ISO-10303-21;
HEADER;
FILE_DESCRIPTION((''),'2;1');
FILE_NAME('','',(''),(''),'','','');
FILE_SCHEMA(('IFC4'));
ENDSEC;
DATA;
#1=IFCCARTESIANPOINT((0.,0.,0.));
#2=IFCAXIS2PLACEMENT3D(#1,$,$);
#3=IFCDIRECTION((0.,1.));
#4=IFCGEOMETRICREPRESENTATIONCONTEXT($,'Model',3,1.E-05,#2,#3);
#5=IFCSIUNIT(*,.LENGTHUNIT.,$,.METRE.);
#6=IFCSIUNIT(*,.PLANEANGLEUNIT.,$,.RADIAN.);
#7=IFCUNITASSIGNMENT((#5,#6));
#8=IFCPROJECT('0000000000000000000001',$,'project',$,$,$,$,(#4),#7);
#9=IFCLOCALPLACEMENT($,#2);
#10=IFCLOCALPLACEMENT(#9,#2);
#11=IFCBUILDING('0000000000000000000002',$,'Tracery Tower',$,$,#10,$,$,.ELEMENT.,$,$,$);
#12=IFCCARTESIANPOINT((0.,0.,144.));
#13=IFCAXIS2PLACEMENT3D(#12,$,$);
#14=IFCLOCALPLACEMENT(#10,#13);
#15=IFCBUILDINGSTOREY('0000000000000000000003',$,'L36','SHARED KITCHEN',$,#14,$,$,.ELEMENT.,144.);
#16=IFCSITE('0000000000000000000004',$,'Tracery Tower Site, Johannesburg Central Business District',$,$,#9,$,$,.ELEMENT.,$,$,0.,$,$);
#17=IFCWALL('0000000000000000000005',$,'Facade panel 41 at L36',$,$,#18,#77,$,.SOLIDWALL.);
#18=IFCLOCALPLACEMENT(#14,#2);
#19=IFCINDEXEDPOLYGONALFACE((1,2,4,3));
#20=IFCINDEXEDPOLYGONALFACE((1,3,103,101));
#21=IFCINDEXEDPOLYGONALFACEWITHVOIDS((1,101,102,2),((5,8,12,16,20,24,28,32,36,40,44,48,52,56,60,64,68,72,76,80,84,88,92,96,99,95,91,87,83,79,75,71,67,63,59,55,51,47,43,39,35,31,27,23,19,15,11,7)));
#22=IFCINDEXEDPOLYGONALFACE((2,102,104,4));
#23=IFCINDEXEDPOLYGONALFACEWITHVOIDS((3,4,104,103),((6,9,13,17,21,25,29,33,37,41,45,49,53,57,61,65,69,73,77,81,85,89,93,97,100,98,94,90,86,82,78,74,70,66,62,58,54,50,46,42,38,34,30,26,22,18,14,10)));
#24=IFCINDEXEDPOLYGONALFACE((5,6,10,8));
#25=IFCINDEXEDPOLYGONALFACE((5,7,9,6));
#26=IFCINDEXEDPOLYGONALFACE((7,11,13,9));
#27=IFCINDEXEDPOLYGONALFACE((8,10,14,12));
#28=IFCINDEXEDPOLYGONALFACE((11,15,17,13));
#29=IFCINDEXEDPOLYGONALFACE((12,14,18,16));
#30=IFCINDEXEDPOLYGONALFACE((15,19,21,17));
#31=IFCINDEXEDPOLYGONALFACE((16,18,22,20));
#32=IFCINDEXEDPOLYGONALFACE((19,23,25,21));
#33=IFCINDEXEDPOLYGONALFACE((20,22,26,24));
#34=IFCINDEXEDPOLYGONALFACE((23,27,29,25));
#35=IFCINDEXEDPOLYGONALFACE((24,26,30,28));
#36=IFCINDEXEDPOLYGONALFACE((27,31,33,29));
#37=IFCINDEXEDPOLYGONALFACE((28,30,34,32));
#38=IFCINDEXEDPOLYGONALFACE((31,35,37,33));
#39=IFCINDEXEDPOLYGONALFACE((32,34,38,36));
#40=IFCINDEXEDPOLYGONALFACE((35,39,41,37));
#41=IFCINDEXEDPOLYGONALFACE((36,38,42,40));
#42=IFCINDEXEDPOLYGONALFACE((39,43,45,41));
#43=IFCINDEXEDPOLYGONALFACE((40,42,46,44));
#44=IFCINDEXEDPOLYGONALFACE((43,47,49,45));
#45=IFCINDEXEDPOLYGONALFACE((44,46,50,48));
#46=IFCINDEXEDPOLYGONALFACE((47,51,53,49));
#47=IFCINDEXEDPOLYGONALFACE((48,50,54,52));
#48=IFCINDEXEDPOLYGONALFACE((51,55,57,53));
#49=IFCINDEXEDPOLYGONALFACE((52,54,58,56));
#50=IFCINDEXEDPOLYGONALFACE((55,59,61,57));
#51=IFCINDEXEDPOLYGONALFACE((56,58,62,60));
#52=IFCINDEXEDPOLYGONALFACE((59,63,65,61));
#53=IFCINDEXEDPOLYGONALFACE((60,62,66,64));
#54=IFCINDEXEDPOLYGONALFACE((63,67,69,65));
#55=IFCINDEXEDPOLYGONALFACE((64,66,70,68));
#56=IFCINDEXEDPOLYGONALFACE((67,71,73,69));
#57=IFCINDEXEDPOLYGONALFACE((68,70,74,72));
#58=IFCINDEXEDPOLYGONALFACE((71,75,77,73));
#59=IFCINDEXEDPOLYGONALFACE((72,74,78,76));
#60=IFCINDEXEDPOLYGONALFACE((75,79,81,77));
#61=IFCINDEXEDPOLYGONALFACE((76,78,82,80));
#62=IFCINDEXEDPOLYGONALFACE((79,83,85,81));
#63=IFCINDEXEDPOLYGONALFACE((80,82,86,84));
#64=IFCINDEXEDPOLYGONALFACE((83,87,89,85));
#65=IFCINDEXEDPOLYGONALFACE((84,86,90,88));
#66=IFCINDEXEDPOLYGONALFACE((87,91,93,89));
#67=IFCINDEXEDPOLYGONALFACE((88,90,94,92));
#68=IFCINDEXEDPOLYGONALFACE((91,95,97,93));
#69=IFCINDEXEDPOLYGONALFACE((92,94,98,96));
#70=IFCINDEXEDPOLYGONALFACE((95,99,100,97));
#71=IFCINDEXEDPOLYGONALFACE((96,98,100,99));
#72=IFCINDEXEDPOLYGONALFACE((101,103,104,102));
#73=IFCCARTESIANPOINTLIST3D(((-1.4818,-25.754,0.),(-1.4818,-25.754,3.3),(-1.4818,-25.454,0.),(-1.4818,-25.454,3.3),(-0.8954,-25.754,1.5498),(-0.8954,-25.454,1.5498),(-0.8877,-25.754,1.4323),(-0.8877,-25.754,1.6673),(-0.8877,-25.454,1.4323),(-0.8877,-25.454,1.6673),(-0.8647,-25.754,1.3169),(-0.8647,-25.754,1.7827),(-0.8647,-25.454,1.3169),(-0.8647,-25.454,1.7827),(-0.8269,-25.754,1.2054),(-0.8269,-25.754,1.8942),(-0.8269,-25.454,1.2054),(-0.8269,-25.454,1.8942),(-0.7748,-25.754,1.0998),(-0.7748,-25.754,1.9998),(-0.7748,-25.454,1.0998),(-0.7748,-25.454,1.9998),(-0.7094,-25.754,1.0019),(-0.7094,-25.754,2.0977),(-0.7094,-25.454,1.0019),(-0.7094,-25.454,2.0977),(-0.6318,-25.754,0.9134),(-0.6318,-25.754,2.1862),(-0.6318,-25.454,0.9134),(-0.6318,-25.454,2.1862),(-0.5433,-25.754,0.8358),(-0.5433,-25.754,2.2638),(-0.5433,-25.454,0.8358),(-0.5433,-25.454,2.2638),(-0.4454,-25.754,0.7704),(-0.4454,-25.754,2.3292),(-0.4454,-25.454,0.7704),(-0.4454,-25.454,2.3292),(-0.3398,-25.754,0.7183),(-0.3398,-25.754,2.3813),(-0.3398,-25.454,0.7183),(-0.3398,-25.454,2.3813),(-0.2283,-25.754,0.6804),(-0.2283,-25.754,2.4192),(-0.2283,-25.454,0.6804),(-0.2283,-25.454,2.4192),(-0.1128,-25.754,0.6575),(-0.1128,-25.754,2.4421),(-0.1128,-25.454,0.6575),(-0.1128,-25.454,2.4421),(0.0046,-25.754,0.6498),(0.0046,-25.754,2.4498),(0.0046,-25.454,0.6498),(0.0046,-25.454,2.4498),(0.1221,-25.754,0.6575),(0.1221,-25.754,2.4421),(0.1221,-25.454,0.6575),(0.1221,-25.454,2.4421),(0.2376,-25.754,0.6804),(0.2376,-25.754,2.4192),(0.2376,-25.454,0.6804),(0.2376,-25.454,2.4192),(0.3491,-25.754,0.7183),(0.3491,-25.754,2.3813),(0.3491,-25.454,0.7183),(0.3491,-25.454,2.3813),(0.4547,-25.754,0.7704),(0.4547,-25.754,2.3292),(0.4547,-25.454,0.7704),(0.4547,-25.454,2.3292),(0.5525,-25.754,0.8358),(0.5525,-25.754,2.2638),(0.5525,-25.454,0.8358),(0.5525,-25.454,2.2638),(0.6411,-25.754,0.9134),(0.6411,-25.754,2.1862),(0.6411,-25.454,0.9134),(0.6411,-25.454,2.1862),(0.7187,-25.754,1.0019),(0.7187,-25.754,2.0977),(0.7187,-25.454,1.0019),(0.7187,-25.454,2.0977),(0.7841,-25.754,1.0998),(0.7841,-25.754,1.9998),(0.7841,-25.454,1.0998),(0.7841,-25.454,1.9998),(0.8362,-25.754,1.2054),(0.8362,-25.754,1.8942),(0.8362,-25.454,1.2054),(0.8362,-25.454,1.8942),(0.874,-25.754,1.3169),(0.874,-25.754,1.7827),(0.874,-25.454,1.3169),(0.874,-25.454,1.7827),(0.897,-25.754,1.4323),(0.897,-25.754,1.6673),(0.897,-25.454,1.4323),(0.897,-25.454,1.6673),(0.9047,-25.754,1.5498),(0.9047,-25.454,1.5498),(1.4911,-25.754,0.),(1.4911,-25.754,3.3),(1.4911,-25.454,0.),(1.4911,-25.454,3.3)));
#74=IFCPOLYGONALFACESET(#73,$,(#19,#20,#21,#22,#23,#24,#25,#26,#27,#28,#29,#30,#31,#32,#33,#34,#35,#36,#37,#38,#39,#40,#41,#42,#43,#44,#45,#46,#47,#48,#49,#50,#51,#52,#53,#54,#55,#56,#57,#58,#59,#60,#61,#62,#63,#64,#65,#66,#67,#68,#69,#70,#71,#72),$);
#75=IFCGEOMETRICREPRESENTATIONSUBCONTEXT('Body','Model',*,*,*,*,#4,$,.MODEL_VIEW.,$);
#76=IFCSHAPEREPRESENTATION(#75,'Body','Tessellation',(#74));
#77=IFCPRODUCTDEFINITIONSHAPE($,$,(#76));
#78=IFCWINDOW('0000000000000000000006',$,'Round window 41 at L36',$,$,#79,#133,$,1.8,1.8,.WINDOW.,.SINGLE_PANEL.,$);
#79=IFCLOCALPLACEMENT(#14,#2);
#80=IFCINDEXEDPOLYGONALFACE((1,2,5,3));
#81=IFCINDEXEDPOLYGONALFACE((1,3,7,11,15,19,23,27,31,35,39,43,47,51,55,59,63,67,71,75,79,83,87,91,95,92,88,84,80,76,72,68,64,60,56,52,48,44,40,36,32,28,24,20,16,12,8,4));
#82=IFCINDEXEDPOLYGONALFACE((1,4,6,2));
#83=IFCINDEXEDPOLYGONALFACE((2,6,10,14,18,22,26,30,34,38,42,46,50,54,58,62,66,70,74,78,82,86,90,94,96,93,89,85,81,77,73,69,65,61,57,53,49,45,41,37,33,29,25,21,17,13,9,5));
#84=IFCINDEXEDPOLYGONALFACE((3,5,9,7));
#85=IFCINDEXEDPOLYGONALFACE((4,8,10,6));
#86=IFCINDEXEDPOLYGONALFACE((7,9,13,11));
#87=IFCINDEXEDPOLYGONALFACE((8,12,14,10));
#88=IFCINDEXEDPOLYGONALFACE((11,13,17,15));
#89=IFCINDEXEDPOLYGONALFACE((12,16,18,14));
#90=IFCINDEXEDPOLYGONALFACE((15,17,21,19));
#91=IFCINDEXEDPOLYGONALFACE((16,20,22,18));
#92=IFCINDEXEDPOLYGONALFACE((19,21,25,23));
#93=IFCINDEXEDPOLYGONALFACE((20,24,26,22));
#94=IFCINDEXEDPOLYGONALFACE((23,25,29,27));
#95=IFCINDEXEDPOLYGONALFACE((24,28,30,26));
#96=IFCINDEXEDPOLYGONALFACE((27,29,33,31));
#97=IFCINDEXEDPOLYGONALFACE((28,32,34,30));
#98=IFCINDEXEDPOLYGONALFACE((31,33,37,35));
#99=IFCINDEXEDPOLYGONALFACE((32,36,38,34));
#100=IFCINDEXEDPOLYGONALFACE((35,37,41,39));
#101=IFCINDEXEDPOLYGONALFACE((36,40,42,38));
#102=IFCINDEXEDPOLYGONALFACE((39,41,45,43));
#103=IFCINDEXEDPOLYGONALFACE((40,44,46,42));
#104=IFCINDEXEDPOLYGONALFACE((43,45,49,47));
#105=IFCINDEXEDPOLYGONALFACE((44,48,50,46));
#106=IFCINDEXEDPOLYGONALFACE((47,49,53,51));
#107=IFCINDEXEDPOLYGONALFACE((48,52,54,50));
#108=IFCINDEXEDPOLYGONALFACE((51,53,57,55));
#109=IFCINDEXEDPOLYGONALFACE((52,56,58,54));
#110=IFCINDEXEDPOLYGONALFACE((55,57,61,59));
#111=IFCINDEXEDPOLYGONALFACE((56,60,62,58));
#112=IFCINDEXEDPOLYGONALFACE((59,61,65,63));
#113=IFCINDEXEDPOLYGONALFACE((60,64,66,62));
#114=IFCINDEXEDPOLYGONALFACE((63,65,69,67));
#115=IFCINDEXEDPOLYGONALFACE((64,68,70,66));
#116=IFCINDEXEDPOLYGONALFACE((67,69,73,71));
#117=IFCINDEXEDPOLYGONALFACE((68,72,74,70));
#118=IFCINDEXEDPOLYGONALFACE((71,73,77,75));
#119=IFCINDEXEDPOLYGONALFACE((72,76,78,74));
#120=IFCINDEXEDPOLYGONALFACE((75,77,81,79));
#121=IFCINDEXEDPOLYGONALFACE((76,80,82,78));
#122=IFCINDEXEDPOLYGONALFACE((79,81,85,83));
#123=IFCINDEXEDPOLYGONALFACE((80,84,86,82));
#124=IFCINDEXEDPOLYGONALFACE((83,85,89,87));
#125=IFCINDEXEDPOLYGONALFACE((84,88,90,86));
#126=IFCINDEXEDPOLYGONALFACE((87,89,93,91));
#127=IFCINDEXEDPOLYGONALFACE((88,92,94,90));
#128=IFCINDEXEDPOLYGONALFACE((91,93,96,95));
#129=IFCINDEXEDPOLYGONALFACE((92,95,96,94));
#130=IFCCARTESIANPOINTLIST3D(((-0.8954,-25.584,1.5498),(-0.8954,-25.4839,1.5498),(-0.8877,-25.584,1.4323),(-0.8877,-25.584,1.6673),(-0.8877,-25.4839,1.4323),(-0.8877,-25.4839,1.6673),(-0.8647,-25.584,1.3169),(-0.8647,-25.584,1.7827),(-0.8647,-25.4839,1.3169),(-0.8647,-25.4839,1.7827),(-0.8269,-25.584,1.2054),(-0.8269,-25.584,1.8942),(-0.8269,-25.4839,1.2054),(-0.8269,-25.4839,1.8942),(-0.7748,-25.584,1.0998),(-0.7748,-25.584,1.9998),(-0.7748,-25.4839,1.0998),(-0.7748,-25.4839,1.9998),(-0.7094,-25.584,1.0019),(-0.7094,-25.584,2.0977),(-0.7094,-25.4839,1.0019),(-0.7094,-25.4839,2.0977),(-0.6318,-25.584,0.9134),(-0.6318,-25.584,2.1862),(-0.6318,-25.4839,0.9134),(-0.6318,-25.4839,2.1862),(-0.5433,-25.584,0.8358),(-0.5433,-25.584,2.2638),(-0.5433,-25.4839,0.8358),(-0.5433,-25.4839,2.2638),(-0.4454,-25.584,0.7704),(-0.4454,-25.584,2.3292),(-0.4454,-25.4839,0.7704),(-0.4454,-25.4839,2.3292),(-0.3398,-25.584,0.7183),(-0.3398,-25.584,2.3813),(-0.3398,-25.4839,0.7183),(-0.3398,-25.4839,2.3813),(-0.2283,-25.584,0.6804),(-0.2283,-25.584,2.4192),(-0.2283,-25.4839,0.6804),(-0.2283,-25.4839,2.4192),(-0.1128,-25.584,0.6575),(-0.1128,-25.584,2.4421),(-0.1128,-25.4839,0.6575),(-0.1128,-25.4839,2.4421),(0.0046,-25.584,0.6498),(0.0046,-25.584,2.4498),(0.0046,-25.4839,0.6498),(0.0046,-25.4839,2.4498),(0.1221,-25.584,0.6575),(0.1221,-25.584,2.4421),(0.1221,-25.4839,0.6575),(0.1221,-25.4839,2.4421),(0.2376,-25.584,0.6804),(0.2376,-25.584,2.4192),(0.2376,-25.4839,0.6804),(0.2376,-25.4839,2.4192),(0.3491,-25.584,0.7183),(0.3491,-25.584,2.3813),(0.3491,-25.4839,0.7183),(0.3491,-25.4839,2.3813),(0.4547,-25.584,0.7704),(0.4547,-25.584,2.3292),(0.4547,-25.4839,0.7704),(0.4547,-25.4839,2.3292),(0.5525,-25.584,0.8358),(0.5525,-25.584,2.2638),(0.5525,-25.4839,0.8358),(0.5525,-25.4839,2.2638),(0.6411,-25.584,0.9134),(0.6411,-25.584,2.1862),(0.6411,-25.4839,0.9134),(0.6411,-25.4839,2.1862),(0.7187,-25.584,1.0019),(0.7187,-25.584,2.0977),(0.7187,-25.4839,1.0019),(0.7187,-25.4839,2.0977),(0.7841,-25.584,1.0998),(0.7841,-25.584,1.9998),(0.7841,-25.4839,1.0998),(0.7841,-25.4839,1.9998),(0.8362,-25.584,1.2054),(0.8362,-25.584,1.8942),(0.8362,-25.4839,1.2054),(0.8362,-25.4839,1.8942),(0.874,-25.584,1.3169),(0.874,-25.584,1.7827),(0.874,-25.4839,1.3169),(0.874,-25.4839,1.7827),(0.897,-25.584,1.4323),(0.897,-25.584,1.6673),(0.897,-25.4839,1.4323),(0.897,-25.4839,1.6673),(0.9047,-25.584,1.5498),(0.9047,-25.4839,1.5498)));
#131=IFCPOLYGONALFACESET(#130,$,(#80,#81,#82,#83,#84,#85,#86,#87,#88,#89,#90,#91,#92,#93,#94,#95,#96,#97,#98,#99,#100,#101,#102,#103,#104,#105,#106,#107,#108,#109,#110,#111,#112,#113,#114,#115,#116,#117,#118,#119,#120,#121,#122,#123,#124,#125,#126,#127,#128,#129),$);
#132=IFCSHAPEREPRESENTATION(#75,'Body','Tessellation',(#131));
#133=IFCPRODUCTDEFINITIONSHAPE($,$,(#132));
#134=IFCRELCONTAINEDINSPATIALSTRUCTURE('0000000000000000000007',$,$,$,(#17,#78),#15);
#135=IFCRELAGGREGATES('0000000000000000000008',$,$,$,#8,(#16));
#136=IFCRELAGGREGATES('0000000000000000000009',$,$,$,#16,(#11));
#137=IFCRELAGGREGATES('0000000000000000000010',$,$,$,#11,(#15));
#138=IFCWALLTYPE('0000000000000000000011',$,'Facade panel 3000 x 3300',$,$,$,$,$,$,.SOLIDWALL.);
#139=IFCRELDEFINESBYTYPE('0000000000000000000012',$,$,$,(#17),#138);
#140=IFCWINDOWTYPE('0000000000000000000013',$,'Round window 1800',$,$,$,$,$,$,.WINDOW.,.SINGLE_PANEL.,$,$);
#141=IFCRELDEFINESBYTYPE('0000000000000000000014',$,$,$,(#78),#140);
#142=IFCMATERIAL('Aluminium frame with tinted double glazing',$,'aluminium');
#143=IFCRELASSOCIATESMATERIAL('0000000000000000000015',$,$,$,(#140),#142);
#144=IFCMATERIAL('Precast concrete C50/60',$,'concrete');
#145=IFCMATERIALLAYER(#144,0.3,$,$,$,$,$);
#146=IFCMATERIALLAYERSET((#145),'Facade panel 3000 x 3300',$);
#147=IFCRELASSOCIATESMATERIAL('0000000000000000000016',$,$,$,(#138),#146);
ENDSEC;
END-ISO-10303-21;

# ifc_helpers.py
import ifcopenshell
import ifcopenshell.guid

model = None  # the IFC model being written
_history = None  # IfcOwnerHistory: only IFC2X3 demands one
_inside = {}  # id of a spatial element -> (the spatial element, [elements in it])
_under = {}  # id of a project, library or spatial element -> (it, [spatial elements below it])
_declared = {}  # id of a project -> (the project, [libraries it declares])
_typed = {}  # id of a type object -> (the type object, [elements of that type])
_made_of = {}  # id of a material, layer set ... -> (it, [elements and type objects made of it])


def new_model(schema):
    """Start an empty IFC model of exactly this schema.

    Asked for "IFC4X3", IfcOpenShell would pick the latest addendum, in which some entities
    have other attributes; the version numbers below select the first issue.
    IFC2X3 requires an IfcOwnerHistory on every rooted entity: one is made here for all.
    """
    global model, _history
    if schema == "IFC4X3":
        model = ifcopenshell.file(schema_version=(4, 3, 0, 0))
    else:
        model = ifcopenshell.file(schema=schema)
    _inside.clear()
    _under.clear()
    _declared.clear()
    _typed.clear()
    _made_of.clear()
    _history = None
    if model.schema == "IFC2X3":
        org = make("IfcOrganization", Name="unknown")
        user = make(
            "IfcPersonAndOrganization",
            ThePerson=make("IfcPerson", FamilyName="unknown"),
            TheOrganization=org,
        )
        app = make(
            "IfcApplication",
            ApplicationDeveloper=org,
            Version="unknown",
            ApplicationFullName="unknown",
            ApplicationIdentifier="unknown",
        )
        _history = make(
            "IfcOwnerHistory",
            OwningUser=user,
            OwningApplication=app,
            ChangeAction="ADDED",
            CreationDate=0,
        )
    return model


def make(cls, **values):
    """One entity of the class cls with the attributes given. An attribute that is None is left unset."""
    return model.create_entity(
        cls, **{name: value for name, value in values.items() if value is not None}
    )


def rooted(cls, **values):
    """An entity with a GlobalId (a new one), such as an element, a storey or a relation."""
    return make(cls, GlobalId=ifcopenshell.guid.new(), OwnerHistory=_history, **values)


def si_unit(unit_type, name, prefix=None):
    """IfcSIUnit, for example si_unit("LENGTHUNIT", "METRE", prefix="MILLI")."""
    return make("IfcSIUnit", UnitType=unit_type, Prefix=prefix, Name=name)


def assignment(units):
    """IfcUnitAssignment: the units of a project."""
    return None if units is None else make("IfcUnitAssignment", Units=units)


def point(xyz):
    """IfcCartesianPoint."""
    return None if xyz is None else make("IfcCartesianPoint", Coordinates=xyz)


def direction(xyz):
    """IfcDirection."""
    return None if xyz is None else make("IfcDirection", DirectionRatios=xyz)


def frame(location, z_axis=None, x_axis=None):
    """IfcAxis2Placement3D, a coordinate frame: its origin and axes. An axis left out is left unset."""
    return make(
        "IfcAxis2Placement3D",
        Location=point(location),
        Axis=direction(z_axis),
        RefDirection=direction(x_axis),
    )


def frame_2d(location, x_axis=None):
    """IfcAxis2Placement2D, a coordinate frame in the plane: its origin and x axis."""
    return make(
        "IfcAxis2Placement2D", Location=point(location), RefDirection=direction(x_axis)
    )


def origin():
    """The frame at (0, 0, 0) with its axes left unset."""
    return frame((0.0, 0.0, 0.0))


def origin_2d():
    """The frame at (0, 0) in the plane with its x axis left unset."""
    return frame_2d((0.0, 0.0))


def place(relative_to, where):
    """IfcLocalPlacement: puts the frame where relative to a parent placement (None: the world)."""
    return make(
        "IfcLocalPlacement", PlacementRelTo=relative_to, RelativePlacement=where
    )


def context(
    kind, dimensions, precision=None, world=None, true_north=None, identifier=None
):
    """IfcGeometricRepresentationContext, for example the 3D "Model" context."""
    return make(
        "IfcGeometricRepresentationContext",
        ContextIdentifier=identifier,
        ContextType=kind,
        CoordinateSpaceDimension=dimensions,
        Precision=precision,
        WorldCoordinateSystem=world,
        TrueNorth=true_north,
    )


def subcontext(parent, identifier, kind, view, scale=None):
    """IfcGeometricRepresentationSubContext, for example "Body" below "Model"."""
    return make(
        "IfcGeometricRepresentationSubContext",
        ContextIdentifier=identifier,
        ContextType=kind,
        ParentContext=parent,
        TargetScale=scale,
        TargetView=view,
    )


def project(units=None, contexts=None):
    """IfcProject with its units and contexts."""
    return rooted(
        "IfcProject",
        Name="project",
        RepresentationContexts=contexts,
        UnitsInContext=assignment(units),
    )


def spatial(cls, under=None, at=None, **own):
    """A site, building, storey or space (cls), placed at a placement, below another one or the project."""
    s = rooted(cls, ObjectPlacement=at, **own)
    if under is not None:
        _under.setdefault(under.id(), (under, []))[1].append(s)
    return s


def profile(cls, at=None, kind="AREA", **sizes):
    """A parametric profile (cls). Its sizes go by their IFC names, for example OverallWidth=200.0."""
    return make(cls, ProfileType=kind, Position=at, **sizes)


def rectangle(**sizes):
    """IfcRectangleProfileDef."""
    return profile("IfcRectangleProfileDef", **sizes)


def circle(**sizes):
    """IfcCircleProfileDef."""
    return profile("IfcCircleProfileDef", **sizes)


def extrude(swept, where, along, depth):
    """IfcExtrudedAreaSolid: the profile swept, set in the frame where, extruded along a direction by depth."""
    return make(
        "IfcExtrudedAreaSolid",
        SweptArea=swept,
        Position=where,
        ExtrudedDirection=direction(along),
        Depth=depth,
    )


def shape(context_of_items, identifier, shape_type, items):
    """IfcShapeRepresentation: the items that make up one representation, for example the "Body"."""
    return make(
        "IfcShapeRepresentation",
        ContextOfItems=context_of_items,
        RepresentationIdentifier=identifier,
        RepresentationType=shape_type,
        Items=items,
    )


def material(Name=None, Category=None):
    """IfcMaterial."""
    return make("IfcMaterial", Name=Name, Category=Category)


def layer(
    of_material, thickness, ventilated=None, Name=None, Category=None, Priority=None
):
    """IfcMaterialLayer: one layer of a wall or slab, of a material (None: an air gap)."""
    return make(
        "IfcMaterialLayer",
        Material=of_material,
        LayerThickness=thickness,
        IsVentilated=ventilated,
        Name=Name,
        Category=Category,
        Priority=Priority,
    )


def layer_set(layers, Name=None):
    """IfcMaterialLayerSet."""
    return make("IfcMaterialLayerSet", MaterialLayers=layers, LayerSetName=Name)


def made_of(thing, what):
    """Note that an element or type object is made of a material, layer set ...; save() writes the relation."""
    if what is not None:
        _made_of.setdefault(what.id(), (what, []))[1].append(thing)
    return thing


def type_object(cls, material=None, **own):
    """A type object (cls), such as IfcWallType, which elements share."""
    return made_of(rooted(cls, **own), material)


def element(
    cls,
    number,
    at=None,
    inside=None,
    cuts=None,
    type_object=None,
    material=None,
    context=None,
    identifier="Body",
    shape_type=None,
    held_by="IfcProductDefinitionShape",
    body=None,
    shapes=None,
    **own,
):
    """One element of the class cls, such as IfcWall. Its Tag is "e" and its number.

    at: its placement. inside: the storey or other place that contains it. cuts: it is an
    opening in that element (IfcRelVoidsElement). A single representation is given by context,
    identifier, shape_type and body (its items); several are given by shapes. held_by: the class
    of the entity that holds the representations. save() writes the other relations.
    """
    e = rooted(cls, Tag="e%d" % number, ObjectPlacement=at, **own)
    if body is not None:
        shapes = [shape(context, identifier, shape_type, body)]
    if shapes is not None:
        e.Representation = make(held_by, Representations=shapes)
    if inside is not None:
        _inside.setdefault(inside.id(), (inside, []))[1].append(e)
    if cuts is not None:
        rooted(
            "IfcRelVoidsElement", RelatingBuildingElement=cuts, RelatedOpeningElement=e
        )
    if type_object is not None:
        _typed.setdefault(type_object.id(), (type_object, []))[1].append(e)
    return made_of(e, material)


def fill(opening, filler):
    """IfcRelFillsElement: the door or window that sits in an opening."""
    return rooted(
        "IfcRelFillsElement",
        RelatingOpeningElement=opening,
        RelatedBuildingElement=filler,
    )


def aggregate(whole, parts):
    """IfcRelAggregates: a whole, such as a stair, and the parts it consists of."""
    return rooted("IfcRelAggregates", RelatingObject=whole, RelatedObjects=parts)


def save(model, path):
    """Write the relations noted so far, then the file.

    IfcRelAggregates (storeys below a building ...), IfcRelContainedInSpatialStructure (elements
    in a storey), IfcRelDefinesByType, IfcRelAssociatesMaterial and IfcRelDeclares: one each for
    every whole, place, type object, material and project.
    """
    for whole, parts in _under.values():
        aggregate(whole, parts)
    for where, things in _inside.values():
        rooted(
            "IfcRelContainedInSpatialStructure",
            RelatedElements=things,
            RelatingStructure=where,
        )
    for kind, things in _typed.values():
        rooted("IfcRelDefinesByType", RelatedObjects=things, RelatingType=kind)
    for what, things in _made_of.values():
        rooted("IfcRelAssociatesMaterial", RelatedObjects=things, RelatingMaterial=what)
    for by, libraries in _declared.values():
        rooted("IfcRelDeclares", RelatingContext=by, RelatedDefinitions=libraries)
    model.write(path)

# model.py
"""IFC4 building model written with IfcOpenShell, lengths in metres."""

from ifc_helpers import new_model, si_unit, direction, frame, frame_2d, origin, origin_2d, place, context, subcontext, project, spatial, rectangle, circle, extrude, material, layer, layer_set, type_object, element, fill, save


model = new_model("IFC4")

# Units and contexts
model_context = context("Model", 3, precision=1e-05, world=origin(), true_north=direction((0.0, 1.0)))
body_context = subcontext(model_context, "Body", "Model", "MODEL_VIEW")
ifc_project = project(units=[si_unit("LENGTHUNIT", "METRE"), si_unit("PLANEANGLEUNIT", "RADIAN")], contexts=[model_context])

# Site, building, storey
site_placement = place(None, origin())
site = spatial("IfcSite", under=ifc_project, at=site_placement, Name="Tracery Tower Site, Johannesburg Central Business District", CompositionType="ELEMENT", RefElevation=0.0)
building_placement = place(site_placement, origin())
building = spatial("IfcBuilding", under=site, at=building_placement, Name="Tracery Tower", CompositionType="ELEMENT")
storey_placement = place(building_placement, frame((0.0, 0.0, 144.0)))
storey = spatial("IfcBuildingStorey", under=building, at=storey_placement, Name="L36", Description="SHARED KITCHEN", CompositionType="ELEMENT", Elevation=144.0)

# Wall, opening, window
ifc_material_1 = material(Name="Aluminium frame with tinted double glazing", Category="aluminium")
window_type = type_object("IfcWindowType", Name="Round window 1800", PartitioningType="SINGLE_PANEL", PredefinedType="WINDOW", material=ifc_material_1)
ifc_material_2 = material(Name="Precast concrete C50/60", Category="concrete")
ifc_layer_1 = layer(ifc_material_2, 0.3)
ifc_layer_set_1 = layer_set([ifc_layer_1], Name="Facade panel 3000 x 3300")
wall_type_1 = type_object("IfcWallType", Name="Facade panel 3000 x 3300", PredefinedType="SOLIDWALL", material=ifc_layer_set_1)
wall_1_placement = place(storey_placement, frame((-1.4817, -25.604, 0.0), z_axis=(0.0, 0.0, 1.0), x_axis=(1.0, 0.0, 0.0)))
wall_1 = element("IfcWall", 1, at=wall_1_placement, inside=storey, type_object=wall_type_1, Name="Facade panel 41 at L36", PredefinedType="SOLIDWALL", context=body_context, shape_type="SweptSolid", body=[
    extrude(rectangle(XDim=2.9729, YDim=0.3, at=frame_2d((1.4863, 0.0))), origin(), (0.0, 0.0, 1.0), 3.3),
])
opening_1_placement = place(wall_1_placement, frame((1.4863, 0.0, 1.5498)))
opening_1 = element("IfcOpeningElement", 2, at=opening_1_placement, cuts=wall_1, PredefinedType="OPENING", context=body_context, shape_type="SweptSolid", body=[
    extrude(circle(Radius=0.9, at=origin_2d()), frame((0.0, 0.1599, 0.0), z_axis=(0.0, -1.0, 0.0), x_axis=(1.0, 0.0, 0.0)), (0.0, 0.0, 1.0), 0.3201),
])
window_1_placement = place(opening_1_placement, origin())
window_1 = element("IfcWindow", 3, at=window_1_placement, inside=storey, type_object=window_type, Name="Round window 41 at L36", OverallHeight=1.8, OverallWidth=1.8, PartitioningType="SINGLE_PANEL", PredefinedType="WINDOW", context=body_context, shape_type="SweptSolid", body=[
    extrude(circle(Radius=0.9, at=origin_2d()), frame((0.0, 0.1201, 0.0), z_axis=(0.0, -1.0, 0.0), x_axis=(1.0, 0.0, 0.0)), (0.0, 0.0, 1.0), 0.1001),
])
fill(opening_1, window_1)

save(model, "model.ifc")
